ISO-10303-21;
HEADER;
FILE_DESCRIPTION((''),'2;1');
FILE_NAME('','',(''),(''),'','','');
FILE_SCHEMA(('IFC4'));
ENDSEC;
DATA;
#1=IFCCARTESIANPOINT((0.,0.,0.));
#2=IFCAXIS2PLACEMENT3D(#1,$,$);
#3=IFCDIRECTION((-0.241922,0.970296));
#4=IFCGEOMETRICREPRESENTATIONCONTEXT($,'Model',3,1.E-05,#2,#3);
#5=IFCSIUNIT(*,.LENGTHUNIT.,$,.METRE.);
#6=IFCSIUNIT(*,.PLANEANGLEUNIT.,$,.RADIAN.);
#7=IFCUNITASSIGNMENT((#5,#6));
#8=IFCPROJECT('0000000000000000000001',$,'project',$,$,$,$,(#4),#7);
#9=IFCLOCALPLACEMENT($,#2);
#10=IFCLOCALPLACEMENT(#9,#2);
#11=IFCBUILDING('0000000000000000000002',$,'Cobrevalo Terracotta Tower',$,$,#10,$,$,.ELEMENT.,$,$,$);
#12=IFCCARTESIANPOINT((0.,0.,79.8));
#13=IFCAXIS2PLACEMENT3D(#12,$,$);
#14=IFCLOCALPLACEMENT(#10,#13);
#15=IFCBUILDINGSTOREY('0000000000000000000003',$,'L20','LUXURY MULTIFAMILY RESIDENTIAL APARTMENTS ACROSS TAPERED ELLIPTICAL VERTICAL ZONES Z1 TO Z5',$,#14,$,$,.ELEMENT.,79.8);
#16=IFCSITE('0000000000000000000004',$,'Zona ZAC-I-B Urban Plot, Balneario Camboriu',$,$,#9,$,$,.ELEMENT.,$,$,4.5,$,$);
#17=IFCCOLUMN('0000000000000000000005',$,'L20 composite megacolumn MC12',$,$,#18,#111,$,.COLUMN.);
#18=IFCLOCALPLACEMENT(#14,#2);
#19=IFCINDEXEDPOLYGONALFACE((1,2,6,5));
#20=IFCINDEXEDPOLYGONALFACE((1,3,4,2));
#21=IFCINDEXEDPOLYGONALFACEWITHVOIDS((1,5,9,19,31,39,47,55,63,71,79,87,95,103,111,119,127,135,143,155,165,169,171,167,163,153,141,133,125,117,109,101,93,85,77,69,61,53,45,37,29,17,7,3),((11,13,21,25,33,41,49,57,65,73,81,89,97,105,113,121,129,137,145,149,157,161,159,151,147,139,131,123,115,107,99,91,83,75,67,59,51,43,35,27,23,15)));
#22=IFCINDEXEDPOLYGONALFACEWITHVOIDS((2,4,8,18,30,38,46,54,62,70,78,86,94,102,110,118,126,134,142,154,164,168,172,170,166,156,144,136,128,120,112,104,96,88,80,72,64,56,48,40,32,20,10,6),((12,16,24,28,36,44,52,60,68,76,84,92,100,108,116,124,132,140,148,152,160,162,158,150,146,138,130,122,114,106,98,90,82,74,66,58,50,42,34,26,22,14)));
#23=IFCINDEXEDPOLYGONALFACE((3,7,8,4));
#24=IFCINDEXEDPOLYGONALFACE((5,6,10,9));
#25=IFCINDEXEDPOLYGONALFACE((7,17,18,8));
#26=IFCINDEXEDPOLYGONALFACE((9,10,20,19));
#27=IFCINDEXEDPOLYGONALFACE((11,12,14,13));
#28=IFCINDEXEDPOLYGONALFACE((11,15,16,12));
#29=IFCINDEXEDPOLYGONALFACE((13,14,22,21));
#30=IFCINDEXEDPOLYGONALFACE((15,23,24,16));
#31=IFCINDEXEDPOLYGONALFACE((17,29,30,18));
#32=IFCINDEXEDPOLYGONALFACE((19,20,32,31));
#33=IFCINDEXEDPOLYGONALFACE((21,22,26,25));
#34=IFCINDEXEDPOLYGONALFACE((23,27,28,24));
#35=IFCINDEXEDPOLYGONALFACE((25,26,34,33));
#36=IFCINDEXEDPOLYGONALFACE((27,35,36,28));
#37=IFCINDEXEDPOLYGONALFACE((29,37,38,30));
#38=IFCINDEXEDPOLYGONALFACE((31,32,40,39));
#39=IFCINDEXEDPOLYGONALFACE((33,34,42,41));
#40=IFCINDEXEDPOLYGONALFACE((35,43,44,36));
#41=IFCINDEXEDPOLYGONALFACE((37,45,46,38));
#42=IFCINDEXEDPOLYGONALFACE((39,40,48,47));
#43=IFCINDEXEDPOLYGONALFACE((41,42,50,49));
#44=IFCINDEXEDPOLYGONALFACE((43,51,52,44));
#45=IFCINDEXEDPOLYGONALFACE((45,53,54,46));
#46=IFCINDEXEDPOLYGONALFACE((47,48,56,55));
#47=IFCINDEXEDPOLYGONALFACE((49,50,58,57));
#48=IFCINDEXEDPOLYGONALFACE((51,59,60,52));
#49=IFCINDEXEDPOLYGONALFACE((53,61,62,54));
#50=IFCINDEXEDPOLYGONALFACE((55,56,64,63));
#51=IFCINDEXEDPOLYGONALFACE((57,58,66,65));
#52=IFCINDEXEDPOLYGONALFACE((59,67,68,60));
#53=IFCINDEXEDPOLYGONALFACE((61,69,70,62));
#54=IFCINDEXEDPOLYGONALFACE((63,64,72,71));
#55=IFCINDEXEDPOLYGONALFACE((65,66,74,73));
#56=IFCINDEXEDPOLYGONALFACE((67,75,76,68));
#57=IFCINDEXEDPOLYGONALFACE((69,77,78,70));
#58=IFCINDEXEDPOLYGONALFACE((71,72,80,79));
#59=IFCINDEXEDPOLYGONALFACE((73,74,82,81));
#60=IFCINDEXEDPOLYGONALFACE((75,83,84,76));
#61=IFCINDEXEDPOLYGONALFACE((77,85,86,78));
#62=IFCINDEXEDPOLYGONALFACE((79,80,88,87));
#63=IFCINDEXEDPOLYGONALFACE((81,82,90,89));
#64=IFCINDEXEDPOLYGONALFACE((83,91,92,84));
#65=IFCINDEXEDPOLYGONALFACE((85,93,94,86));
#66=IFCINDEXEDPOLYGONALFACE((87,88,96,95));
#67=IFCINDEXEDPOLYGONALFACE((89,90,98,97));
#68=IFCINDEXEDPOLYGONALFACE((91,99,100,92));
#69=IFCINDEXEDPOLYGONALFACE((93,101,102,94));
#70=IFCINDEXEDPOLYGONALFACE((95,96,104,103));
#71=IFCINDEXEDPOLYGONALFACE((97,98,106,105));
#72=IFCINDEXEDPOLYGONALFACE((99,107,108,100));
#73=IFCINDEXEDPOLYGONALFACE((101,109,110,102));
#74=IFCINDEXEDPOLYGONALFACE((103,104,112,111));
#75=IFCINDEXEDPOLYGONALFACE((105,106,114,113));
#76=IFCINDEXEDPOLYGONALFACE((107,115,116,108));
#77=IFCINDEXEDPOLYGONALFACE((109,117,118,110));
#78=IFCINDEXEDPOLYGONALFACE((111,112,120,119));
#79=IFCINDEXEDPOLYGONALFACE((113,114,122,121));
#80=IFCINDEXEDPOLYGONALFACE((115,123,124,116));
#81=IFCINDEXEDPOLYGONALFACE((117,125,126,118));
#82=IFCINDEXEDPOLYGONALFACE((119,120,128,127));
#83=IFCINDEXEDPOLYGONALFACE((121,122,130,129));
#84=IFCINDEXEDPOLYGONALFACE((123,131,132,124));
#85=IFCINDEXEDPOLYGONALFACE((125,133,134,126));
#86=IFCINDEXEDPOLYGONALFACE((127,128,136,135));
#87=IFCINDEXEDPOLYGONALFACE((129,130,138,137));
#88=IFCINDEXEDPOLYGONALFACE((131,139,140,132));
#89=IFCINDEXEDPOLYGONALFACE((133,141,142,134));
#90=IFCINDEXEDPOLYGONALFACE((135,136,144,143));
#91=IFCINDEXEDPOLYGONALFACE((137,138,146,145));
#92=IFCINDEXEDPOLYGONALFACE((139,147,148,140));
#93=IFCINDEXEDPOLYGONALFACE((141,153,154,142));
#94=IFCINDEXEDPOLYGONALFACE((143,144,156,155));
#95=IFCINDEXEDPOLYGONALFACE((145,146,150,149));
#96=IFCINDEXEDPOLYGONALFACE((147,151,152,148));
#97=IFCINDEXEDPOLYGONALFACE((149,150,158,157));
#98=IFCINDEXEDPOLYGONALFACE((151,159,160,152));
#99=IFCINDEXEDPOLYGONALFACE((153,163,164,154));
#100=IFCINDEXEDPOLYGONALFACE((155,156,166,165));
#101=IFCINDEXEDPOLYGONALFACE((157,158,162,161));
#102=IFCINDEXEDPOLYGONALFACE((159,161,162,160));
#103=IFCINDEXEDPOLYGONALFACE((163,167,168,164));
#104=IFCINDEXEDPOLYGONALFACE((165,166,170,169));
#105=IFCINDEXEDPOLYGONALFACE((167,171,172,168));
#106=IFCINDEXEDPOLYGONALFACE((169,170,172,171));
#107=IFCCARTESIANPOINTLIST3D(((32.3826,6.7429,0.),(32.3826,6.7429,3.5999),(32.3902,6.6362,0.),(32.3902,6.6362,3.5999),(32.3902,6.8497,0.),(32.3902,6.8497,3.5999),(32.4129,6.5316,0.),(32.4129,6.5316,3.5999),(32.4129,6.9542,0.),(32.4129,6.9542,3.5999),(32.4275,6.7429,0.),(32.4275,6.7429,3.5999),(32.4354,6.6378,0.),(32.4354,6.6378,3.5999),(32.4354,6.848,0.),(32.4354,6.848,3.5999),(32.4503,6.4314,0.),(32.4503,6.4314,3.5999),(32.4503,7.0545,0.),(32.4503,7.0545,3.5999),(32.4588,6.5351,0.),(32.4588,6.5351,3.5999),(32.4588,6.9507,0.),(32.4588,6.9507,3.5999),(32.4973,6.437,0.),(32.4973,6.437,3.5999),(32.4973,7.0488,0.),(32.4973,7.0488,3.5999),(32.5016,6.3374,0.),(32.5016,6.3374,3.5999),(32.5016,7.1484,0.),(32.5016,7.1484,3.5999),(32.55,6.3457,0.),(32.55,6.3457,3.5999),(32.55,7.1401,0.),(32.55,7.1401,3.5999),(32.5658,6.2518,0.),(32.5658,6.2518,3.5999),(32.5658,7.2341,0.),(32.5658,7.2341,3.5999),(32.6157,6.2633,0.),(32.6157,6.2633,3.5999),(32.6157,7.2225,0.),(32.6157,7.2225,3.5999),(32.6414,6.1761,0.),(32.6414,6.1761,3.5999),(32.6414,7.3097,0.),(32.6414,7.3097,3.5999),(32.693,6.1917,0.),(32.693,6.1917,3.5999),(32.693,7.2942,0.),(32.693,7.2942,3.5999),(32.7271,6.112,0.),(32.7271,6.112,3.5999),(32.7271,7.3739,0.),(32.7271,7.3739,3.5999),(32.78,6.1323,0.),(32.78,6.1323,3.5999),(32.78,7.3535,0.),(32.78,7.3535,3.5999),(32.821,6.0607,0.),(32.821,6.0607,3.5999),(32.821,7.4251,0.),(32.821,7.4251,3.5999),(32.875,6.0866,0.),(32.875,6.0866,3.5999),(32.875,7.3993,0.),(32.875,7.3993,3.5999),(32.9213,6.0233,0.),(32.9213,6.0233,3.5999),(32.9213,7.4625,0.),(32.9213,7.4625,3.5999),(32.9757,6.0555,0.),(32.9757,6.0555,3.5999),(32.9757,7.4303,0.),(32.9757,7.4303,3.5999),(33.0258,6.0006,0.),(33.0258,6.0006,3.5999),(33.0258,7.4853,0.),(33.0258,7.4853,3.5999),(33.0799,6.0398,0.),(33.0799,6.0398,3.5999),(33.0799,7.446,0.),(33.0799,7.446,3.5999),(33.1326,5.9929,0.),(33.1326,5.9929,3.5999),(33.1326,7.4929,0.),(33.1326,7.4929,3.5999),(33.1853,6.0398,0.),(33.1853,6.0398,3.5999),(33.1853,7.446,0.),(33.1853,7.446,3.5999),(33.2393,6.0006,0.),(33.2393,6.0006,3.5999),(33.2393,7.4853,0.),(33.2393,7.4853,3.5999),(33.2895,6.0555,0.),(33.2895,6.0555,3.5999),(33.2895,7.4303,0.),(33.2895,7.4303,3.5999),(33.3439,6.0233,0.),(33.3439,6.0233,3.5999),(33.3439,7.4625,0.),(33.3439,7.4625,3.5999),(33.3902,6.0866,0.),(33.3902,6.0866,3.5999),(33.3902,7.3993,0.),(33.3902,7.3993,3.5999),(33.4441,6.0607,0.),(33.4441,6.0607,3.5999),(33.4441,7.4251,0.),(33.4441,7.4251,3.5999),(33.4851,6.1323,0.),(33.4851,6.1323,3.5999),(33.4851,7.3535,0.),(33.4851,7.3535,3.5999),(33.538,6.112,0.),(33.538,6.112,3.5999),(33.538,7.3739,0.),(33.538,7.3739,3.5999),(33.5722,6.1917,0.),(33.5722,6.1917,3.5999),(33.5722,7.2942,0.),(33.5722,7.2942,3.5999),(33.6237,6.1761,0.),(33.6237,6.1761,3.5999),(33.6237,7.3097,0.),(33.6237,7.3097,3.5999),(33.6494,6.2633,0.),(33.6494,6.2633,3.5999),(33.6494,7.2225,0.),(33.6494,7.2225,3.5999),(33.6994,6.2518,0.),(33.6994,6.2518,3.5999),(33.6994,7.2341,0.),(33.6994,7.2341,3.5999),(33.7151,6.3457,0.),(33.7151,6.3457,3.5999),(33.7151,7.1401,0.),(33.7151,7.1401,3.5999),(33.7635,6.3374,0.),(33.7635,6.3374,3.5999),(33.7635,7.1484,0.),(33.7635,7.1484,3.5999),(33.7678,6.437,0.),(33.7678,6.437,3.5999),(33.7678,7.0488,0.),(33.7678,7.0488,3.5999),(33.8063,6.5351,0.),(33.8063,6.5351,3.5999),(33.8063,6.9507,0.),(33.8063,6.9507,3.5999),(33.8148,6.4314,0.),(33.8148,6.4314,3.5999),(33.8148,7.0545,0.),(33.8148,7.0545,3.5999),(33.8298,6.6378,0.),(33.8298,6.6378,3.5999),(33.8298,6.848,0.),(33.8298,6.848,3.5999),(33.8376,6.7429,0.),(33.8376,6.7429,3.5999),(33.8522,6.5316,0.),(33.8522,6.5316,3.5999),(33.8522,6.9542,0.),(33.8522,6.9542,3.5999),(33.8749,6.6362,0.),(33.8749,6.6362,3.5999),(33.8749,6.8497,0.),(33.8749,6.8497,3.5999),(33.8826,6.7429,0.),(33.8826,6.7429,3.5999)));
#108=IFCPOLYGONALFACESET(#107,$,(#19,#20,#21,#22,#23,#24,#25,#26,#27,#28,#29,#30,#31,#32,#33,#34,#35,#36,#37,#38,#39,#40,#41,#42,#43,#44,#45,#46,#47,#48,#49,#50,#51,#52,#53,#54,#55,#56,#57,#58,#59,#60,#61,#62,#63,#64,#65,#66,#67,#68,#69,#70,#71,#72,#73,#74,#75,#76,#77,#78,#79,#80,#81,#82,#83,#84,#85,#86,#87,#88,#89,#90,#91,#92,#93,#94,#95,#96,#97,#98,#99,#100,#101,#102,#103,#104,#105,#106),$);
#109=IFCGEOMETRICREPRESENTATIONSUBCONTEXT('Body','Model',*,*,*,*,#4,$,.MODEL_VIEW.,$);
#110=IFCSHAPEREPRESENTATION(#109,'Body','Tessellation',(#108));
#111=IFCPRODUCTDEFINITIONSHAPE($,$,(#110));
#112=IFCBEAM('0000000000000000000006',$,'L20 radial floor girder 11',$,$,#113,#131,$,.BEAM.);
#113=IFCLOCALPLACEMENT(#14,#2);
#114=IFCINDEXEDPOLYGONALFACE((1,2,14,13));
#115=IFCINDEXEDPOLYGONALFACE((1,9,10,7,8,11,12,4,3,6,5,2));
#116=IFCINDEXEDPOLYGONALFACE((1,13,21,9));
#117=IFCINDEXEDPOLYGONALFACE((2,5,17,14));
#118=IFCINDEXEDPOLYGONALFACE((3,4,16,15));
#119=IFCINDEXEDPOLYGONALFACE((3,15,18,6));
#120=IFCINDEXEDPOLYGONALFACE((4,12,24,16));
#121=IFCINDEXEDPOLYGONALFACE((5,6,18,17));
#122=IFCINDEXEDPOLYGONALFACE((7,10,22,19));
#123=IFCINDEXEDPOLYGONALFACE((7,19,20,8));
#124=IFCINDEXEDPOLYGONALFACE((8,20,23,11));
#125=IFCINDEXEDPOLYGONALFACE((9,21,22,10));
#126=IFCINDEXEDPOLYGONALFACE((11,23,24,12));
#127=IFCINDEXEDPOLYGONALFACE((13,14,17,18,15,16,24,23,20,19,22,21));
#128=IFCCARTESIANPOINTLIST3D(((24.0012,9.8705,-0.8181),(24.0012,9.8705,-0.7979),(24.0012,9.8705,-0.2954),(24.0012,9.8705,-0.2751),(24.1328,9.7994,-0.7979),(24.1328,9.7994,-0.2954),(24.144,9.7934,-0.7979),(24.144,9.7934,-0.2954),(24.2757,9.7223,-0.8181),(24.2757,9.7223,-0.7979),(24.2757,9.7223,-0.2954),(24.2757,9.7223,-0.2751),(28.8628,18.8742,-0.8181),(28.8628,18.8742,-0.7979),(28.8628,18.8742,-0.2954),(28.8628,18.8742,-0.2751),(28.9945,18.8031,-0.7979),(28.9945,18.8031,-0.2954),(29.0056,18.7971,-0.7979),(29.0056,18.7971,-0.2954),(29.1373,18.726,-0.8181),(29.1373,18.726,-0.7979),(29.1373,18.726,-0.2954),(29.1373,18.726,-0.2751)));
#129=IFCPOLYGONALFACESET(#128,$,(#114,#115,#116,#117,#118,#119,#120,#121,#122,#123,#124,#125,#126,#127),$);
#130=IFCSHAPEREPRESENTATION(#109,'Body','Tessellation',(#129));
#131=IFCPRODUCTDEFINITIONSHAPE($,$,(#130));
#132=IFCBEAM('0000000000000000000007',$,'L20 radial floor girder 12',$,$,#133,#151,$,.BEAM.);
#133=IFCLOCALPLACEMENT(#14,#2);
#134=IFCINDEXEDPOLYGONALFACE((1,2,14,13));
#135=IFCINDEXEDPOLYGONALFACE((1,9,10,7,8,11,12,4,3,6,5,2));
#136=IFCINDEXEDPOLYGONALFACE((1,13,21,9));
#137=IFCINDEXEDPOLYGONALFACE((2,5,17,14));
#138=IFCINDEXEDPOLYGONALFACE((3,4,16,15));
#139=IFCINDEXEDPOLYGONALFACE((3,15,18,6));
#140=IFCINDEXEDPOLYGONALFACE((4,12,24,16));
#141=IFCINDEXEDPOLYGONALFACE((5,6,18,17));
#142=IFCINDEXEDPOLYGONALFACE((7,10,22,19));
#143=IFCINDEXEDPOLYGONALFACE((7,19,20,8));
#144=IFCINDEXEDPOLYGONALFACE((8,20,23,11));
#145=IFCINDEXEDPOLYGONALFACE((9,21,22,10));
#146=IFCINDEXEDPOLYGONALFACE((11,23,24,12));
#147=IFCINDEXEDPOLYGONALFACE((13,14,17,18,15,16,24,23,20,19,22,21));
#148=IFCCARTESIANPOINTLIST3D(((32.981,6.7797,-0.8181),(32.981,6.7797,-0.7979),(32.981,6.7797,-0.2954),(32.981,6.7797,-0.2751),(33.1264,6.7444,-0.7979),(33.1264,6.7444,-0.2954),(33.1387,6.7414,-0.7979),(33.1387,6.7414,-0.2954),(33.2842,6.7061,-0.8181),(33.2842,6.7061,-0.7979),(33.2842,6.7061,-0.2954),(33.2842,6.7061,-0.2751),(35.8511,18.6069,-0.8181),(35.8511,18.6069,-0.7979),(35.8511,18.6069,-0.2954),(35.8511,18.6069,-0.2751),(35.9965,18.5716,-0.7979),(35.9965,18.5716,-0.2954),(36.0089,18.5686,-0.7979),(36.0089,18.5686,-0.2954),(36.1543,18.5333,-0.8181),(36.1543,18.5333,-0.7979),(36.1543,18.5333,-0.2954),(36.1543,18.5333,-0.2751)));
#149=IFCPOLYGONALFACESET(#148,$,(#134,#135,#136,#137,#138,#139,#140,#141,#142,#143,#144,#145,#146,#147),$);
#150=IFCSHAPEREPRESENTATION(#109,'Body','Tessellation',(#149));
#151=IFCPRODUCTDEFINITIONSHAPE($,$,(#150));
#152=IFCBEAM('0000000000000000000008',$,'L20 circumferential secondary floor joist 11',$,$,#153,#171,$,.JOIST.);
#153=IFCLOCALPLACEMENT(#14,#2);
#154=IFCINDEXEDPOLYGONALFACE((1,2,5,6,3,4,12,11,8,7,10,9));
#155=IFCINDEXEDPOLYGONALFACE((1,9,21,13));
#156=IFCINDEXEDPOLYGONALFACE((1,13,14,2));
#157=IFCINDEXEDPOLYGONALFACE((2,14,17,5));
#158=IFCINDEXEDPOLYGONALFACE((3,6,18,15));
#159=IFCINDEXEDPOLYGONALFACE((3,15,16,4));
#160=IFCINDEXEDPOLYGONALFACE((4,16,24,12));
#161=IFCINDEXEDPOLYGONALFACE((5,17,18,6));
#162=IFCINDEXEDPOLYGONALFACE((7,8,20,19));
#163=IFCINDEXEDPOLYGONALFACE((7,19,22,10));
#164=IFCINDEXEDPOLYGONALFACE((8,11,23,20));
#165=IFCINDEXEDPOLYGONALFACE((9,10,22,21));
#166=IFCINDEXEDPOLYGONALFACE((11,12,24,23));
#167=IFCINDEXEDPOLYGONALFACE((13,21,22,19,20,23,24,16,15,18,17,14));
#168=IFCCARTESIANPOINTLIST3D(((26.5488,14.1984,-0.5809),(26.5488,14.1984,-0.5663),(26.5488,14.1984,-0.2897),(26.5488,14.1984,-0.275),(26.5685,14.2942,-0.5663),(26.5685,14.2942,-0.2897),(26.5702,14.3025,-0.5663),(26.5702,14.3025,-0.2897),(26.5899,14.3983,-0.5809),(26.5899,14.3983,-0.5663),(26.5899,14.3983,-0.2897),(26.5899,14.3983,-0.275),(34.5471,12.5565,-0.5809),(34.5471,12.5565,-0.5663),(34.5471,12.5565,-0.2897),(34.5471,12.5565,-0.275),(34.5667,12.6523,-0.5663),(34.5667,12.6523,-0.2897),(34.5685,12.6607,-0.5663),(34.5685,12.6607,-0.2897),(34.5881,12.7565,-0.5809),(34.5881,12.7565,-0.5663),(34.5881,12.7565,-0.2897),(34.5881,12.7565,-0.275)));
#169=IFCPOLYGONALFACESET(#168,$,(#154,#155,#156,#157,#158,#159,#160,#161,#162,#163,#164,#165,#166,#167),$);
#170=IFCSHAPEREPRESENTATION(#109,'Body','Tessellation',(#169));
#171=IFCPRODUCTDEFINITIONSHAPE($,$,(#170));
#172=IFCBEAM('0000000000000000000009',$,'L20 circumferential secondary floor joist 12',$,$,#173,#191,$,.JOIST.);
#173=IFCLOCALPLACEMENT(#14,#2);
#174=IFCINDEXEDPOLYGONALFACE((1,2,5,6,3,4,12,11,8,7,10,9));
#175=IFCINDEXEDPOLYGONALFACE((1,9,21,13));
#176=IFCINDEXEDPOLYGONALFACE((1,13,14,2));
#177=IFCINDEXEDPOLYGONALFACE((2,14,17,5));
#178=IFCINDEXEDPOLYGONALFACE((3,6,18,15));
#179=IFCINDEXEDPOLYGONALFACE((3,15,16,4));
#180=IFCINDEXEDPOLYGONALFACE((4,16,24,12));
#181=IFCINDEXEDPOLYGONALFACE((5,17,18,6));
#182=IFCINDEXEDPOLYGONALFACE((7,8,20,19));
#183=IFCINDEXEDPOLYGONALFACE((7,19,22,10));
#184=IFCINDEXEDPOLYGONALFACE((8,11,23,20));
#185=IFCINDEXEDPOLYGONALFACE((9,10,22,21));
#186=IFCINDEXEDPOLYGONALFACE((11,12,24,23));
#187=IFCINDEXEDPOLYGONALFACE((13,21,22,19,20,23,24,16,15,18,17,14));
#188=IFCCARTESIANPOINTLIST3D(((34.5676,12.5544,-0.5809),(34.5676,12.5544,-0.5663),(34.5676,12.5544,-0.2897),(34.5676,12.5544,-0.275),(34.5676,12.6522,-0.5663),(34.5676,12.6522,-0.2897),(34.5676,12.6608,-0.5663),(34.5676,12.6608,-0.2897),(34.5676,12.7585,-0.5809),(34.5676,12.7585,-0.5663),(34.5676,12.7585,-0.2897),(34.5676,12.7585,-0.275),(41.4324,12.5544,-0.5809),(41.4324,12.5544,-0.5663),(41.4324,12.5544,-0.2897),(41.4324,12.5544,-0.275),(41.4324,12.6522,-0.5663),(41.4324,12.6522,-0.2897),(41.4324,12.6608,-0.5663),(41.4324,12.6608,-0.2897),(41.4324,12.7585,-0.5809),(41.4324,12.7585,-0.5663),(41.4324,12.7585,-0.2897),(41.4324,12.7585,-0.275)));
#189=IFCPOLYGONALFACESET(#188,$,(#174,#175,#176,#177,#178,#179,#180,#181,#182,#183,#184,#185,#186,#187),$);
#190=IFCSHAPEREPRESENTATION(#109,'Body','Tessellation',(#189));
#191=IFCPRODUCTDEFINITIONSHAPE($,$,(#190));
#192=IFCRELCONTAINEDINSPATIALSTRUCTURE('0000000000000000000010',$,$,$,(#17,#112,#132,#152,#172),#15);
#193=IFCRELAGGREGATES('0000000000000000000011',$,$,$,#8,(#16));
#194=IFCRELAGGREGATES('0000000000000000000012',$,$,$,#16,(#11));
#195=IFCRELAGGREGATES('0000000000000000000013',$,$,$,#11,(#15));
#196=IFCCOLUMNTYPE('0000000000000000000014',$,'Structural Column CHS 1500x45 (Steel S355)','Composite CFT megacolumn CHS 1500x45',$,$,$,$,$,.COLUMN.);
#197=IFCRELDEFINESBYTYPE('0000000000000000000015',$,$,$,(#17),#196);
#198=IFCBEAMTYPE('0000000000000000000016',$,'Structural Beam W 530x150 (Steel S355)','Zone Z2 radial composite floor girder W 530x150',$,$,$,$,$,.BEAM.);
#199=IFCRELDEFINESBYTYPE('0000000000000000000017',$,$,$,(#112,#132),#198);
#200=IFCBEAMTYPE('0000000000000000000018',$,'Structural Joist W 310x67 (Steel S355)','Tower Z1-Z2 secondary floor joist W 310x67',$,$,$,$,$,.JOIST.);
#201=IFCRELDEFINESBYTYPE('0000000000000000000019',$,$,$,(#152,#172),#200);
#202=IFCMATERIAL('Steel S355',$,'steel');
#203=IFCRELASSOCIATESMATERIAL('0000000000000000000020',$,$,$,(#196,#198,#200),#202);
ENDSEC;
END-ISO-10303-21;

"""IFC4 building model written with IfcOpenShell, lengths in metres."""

from ifc_helpers import new_model, si_unit, direction, frame, origin, origin_2d, place, context, subcontext, project, spatial, hollow_circle, i_section, extrude, material, material_profile, profile_set, type_object, element, save


model = new_model("IFC4")

# Units and contexts
model_context = context("Model", 3, precision=1e-05, world=origin(), true_north=direction((-0.241922, 0.970296)))
body_context = subcontext(model_context, "Body", "Model", "MODEL_VIEW")
ifc_project = project(units=[si_unit("LENGTHUNIT", "METRE"), si_unit("PLANEANGLEUNIT", "RADIAN")], contexts=[model_context])

# Site, building, storey
site_placement = place(None, origin())
site = spatial("IfcSite", under=ifc_project, at=site_placement, Name="Zona ZAC-I-B Urban Plot, Balneario Camboriu", CompositionType="ELEMENT", RefElevation=4.5)
building_placement = place(site_placement, origin())
building = spatial("IfcBuilding", under=site, at=building_placement, Name="Cobrevalo Terracotta Tower", CompositionType="ELEMENT")
storey_placement = place(building_placement, frame((0.0, 0.0, 79.8)))
storey = spatial("IfcBuildingStorey", under=building, at=storey_placement, Name="L20", Description="LUXURY MULTIFAMILY RESIDENTIAL APARTMENTS ACROSS TAPERED ELLIPTICAL VERTICAL ZONES Z1 TO Z5", CompositionType="ELEMENT", Elevation=79.8)

# Column
ifc_material_1 = material(Name="Steel S355", Category="steel")
ifc_material_profile_1 = material_profile(ifc_material_1, hollow_circle(Radius=0.75, WallThickness=0.0449, at=origin_2d()), Name="CHS 1500x45")
ifc_profile_set_1 = profile_set([ifc_material_profile_1], Name="Steel S355")
column_type = type_object("IfcColumnType", Name="Structural Column CHS 1500x45 (Steel S355)", Description="Composite CFT megacolumn CHS 1500x45", PredefinedType="COLUMN", material=ifc_profile_set_1)
column_placement = place(storey_placement, frame((33.1326, 6.7429, 0.0), z_axis=(0.0, 0.0, 1.0), x_axis=(1.0, 0.0, 0.0)))
element("IfcColumn", 1, at=column_placement, inside=storey, type_object=column_type, Name="L20 composite megacolumn MC12", PredefinedType="COLUMN", context=body_context, shape_type="SweptSolid", body=[
    extrude(hollow_circle(Radius=0.75, WallThickness=0.0449, at=origin_2d()), origin(), (0.0, 0.0, 1.0), 3.5999),
])

# Beams
ifc_material_profile_2 = material_profile(ifc_material_1, i_section(OverallWidth=0.312, OverallDepth=0.543, WebThickness=0.0127, FlangeThickness=0.0203, at=origin_2d()), Name="W 530x150")
ifc_profile_set_2 = profile_set([ifc_material_profile_2], Name="Steel S355")
beam_type_1 = type_object("IfcBeamType", Name="Structural Beam W 530x150 (Steel S355)", Description="Zone Z2 radial composite floor girder W 530x150", PredefinedType="BEAM", material=ifc_profile_set_2)
beam_1_placement = place(storey_placement, frame((24.1384, 9.7964, -0.5466), z_axis=(0.475118, 0.879922, 0.0), x_axis=(-0.879922, 0.475118, 0.0)))
element("IfcBeam", 2, at=beam_1_placement, inside=storey, type_object=beam_type_1, Name="L20 radial floor girder 11", PredefinedType="BEAM", context=body_context, shape_type="SweptSolid", body=[
    extrude(i_section(OverallWidth=0.312, OverallDepth=0.543, WebThickness=0.0127, FlangeThickness=0.0203, at=origin_2d()), origin(), (0.0, 0.0, 1.0), 10.2324),
])
beam_2_placement = place(storey_placement, frame((33.1326, 6.7429, -0.5466), z_axis=(0.235827, 0.971795, 0.0), x_axis=(-0.971795, 0.235827, 0.0)))
element("IfcBeam", 3, at=beam_2_placement, inside=storey, type_object=beam_type_1, Name="L20 radial floor girder 12", PredefinedType="BEAM", context=body_context, shape_type="SweptSolid", body=[
    extrude(i_section(OverallWidth=0.312, OverallDepth=0.543, WebThickness=0.0127, FlangeThickness=0.0203, at=origin_2d()), origin(), (0.0, 0.0, 1.0), 12.1704),
])
ifc_material_profile_3 = material_profile(ifc_material_1, i_section(OverallWidth=0.2041, OverallDepth=0.3059, WebThickness=0.0085, FlangeThickness=0.0146, at=origin_2d()), Name="W 310x67")
ifc_profile_set_3 = profile_set([ifc_material_profile_3], Name="Steel S355")
beam_type_2 = type_object("IfcBeamType", Name="Structural Joist W 310x67 (Steel S355)", Description="Tower Z1-Z2 secondary floor joist W 310x67", PredefinedType="JOIST", material=ifc_profile_set_3)
beam_3_placement = place(storey_placement, frame((26.5693, 14.2983, -0.428), z_axis=(0.979574, -0.201082, 0.0), x_axis=(0.201082, 0.979574, 0.0)))
element("IfcBeam", 4, at=beam_3_placement, inside=storey, type_object=beam_type_2, Name="L20 circumferential secondary floor joist 11", PredefinedType="JOIST", context=body_context, shape_type="SweptSolid", body=[
    extrude(i_section(OverallWidth=0.2041, OverallDepth=0.3059, WebThickness=0.0085, FlangeThickness=0.0146, at=origin_2d()), origin(), (0.0, 0.0, 1.0), 8.165),
])
beam_4_placement = place(storey_placement, frame((34.5676, 12.6565, -0.428), z_axis=(1.0, 0.0, 0.0), x_axis=(0.0, 1.0, 0.0)))
element("IfcBeam", 5, at=beam_4_placement, inside=storey, type_object=beam_type_2, Name="L20 circumferential secondary floor joist 12", PredefinedType="JOIST", context=body_context, shape_type="SweptSolid", body=[
    extrude(i_section(OverallWidth=0.2041, OverallDepth=0.3059, WebThickness=0.0085, FlangeThickness=0.0146, at=origin_2d()), origin(), (0.0, 0.0, 1.0), 6.8647),
])

save(model, "model.ifc")
